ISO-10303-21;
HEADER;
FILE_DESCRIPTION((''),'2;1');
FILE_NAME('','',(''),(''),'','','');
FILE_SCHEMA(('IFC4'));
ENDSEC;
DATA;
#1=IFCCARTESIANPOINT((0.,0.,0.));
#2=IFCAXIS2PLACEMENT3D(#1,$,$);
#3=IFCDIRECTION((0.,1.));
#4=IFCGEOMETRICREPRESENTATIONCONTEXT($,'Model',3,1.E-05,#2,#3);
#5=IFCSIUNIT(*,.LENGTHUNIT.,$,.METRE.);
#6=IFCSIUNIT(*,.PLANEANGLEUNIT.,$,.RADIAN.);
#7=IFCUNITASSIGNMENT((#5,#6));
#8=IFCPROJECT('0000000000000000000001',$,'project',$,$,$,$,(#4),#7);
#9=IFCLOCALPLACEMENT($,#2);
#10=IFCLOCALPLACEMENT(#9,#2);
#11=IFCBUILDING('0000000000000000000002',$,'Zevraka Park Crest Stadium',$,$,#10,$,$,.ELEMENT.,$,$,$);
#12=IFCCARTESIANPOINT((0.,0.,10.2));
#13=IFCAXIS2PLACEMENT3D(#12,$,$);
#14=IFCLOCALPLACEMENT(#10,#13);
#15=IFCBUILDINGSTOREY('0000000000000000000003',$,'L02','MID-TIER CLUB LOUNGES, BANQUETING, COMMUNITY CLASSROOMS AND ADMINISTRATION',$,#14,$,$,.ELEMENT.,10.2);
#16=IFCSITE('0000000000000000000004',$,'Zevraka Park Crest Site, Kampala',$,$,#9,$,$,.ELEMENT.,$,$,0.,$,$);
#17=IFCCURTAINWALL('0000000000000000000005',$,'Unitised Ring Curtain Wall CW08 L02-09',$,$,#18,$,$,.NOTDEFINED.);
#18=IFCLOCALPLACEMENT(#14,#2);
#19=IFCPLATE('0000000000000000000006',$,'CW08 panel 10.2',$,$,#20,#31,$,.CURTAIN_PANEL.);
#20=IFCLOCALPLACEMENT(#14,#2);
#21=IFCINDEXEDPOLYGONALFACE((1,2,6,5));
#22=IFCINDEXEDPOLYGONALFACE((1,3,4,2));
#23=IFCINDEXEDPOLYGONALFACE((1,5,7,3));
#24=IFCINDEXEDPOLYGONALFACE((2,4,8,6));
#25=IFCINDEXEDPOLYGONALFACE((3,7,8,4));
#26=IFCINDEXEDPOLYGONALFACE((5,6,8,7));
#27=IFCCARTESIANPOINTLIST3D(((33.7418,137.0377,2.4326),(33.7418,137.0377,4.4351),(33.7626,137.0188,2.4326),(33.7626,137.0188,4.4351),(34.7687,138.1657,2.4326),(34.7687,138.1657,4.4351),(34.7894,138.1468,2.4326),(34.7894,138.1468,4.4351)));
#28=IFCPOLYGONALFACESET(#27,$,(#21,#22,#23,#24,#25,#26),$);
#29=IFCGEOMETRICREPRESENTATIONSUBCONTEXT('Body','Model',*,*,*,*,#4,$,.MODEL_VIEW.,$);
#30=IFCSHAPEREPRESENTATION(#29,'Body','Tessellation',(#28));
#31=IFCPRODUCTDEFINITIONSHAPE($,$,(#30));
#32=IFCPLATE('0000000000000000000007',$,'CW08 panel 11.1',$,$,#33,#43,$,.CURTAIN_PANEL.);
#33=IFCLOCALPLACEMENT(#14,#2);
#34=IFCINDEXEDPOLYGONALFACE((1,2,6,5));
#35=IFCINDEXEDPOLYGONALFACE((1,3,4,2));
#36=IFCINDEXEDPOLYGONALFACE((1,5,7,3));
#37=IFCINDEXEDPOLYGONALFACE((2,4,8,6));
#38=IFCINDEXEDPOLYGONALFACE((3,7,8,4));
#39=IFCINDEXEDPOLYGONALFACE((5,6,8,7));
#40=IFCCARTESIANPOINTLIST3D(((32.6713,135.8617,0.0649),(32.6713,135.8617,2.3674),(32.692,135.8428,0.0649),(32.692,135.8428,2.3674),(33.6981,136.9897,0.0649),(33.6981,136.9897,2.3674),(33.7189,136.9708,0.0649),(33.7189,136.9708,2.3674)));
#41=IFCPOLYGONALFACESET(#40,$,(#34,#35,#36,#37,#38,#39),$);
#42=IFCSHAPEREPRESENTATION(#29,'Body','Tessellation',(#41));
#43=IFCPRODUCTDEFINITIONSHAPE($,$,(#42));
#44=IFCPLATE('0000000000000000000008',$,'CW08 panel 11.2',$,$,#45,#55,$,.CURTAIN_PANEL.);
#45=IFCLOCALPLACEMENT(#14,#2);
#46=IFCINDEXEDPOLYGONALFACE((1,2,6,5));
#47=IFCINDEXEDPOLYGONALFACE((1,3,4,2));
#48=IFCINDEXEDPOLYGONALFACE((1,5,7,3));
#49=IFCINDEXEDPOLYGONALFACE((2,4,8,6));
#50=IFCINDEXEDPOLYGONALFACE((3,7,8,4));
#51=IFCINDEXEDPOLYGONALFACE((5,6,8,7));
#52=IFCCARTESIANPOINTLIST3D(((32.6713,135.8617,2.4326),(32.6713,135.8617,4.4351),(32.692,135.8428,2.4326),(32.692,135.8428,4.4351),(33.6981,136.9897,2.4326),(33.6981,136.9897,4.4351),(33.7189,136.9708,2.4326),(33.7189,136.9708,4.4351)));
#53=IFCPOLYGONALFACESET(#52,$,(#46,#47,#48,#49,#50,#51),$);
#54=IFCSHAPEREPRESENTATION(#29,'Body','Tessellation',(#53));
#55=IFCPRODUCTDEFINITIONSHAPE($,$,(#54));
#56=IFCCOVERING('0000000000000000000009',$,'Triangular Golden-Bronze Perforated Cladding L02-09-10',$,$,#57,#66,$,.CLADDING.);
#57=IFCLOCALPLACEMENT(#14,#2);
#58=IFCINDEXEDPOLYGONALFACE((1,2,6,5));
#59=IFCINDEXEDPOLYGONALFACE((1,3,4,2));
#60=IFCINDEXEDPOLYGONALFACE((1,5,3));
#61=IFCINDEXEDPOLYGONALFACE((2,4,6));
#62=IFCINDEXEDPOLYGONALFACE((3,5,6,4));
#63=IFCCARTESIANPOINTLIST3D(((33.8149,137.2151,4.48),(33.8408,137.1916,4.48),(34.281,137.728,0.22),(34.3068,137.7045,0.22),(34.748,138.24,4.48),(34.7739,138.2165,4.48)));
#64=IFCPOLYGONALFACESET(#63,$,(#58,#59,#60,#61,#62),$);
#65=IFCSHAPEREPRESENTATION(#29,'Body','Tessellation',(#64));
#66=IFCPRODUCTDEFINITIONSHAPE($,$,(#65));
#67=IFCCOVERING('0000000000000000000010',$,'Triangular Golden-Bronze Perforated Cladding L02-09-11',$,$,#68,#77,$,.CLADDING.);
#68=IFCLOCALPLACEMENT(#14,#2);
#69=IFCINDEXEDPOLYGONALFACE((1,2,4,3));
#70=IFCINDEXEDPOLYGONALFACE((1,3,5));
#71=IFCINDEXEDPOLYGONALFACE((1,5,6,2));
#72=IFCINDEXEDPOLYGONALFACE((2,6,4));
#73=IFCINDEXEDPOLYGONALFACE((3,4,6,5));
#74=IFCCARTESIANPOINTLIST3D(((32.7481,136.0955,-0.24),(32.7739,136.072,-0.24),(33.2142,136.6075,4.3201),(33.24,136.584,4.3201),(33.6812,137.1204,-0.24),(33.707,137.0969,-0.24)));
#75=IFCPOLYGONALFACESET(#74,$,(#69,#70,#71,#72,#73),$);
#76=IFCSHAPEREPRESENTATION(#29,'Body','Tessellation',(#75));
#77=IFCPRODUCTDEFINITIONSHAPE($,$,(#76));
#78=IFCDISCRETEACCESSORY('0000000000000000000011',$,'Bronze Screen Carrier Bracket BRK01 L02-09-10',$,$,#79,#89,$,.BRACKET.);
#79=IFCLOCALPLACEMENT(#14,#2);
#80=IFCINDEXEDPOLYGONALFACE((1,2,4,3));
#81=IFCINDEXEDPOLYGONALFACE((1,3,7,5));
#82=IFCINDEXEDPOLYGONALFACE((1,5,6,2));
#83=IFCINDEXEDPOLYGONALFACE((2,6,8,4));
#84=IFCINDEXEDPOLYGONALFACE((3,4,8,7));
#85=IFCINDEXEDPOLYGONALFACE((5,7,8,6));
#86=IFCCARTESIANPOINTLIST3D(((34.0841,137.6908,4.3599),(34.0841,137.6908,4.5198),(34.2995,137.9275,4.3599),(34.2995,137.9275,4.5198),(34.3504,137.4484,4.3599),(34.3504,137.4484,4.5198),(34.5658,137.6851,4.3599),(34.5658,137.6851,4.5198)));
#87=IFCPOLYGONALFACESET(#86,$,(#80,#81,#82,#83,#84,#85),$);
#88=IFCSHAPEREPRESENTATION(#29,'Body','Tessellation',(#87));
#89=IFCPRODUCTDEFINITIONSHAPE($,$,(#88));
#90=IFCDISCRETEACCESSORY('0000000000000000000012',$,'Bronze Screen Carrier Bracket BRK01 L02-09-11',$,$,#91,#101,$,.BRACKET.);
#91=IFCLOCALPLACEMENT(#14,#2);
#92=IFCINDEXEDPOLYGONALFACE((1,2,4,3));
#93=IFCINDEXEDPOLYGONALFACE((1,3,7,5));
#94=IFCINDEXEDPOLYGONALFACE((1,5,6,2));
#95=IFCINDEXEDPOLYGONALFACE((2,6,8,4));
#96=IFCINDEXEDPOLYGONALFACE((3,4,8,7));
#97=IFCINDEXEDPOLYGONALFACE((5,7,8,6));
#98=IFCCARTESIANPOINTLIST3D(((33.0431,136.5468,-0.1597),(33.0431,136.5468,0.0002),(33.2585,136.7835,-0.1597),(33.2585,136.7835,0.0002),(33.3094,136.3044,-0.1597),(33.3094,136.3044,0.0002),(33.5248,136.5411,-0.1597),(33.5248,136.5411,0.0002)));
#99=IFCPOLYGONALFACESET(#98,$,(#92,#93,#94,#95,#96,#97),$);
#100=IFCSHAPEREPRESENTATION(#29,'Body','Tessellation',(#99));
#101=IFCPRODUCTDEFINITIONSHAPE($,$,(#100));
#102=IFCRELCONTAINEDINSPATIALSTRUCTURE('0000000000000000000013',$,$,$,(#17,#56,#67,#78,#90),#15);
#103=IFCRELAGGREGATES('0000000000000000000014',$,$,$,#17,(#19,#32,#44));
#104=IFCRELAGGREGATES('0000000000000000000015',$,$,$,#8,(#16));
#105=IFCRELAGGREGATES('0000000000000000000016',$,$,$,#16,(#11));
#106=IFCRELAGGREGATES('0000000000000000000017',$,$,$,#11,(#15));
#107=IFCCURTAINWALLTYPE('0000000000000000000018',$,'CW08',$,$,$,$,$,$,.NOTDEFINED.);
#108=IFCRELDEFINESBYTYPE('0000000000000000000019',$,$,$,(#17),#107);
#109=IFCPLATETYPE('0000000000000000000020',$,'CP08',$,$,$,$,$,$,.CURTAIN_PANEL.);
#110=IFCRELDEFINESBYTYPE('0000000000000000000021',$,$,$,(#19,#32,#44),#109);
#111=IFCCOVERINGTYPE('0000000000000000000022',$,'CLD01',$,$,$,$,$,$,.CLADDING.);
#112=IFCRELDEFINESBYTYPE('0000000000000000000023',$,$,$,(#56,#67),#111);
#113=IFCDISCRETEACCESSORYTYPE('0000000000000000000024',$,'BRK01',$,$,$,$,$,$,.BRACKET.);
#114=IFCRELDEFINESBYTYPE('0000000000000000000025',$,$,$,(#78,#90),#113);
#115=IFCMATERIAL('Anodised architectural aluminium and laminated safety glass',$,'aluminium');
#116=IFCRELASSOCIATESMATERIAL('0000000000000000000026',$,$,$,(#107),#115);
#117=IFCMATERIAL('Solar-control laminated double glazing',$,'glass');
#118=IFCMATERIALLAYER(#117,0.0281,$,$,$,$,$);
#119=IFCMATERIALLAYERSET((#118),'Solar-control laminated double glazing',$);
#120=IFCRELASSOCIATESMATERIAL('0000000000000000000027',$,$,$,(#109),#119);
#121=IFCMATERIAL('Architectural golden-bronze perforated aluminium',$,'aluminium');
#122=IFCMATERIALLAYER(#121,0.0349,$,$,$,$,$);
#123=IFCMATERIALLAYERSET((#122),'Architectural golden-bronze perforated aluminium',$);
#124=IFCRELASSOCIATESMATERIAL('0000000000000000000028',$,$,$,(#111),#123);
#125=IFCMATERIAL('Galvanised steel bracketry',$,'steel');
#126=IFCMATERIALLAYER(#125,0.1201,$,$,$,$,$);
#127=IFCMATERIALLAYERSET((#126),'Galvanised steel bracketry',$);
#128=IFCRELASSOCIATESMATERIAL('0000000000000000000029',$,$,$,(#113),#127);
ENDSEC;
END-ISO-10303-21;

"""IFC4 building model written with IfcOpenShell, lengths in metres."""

from ifc_helpers import new_model, si_unit, direction, frame, origin, origin_2d, place, context, subcontext, project, spatial, polyline, rectangle, outline, extrude, material, layer, layer_set, type_object, element, aggregate, save


model = new_model("IFC4")

# Units and contexts
model_context = context("Model", 3, precision=1e-05, world=origin(), true_north=direction((0.0, 1.0)))
body_context = subcontext(model_context, "Body", "Model", "MODEL_VIEW")
ifc_project = project(units=[si_unit("LENGTHUNIT", "METRE"), si_unit("PLANEANGLEUNIT", "RADIAN")], contexts=[model_context])

# Site, building, storey
site_placement = place(None, origin())
site = spatial("IfcSite", under=ifc_project, at=site_placement, Name="Zevraka Park Crest Site, Kampala", CompositionType="ELEMENT", RefElevation=0.0)
building_placement = place(site_placement, origin())
building = spatial("IfcBuilding", under=site, at=building_placement, Name="Zevraka Park Crest Stadium", CompositionType="ELEMENT")
storey_placement = place(building_placement, frame((0.0, 0.0, 10.2)))
storey = spatial("IfcBuildingStorey", under=building, at=storey_placement, Name="L02", Description="MID-TIER CLUB LOUNGES, BANQUETING, COMMUNITY CLASSROOMS AND ADMINISTRATION", CompositionType="ELEMENT", Elevation=10.2)

# Curtain wall, plates
ifc_material_1 = material(Name="Anodised architectural aluminium and laminated safety glass", Category="aluminium")
curtain_wall_type = type_object("IfcCurtainWallType", Name="CW08", PredefinedType="NOTDEFINED", material=ifc_material_1)
curtain_wall_placement = place(storey_placement, origin())
curtain_wall = element("IfcCurtainWall", 1, at=curtain_wall_placement, inside=storey, type_object=curtain_wall_type, Name="Unitised Ring Curtain Wall CW08 L02-09", PredefinedType="NOTDEFINED")
ifc_material_2 = material(Name="Solar-control laminated double glazing", Category="glass")
ifc_layer_1 = layer(ifc_material_2, 0.0281)
ifc_layer_set_1 = layer_set([ifc_layer_1], Name="Solar-control laminated double glazing")
plate_type = type_object("IfcPlateType", Name="CP08", PredefinedType="CURTAIN_PANEL", material=ifc_layer_set_1)
plate_1_placement = place(storey_placement, frame((34.2656, 137.5923, 2.4326), z_axis=(0.0, 0.0, 1.0), x_axis=(-0.67316, -0.739497, 0.0)))
plate_1 = element("IfcPlate", 2, at=plate_1_placement, type_object=plate_type, Name="CW08 panel 10.2", PredefinedType="CURTAIN_PANEL", context=body_context, shape_type="SweptSolid", body=[
    extrude(rectangle(XDim=1.5254, YDim=0.0281, at=origin_2d()), origin(), (0.0, 0.0, 1.0), 2.0024),
])
plate_2_placement = place(storey_placement, frame((33.1951, 136.4163, 0.0649), z_axis=(0.0, 0.0, 1.0), x_axis=(-0.67316, -0.739497, 0.0)))
plate_2 = element("IfcPlate", 3, at=plate_2_placement, type_object=plate_type, Name="CW08 panel 11.1", PredefinedType="CURTAIN_PANEL", context=body_context, shape_type="SweptSolid", body=[
    extrude(rectangle(XDim=1.5254, YDim=0.0281, at=origin_2d()), origin(), (0.0, 0.0, 1.0), 2.3025),
])
plate_3_placement = place(storey_placement, frame((33.1951, 136.4163, 2.4326), z_axis=(0.0, 0.0, 1.0), x_axis=(-0.67316, -0.739497, 0.0)))
plate_3 = element("IfcPlate", 4, at=plate_3_placement, type_object=plate_type, Name="CW08 panel 11.2", PredefinedType="CURTAIN_PANEL", context=body_context, shape_type="SweptSolid", body=[
    extrude(rectangle(XDim=1.5254, YDim=0.0281, at=origin_2d()), origin(), (0.0, 0.0, 1.0), 2.0024),
])
aggregate(curtain_wall, [plate_1, plate_2, plate_3])

# Coverings
ifc_material_3 = material(Name="Architectural golden-bronze perforated aluminium", Category="aluminium")
ifc_layer_2 = layer(ifc_material_3, 0.0349)
ifc_layer_set_2 = layer_set([ifc_layer_2], Name="Architectural golden-bronze perforated aluminium")
covering_type = type_object("IfcCoveringType", Name="CLD01", PredefinedType="CLADDING", material=ifc_layer_set_2)
covering_1_placement = place(storey_placement, frame((33.8149, 137.2151, 4.48), z_axis=(-0.739446, 0.673216, 0.000162), x_axis=(0.673216, 0.739446, 0.0)))
element("IfcCovering", 5, at=covering_1_placement, inside=storey, type_object=covering_type, Name="Triangular Golden-Bronze Perforated Cladding L02-09-10", PredefinedType="CLADDING", context=body_context, shape_type="SweptSolid", body=[
    extrude(outline(polyline([(0.0, 0.0), (1.386, 0.0), (0.6931, 4.26), (0.0, 0.0)])), origin(), (0.0, 0.0, -1.0), 0.0349),
])
covering_2_placement = place(storey_placement, frame((33.707, 137.0969, -0.24), z_axis=(0.739446, -0.673216, 0.000007), x_axis=(-0.673216, -0.739446, 0.0)))
element("IfcCovering", 6, at=covering_2_placement, inside=storey, type_object=covering_type, Name="Triangular Golden-Bronze Perforated Cladding L02-09-11", PredefinedType="CLADDING", context=body_context, shape_type="SweptSolid", body=[
    extrude(outline(polyline([(0.0, 0.0), (1.386, 0.0), (0.6937, -4.5601), (0.0, 0.0)])), origin(), (0.0, 0.0, -1.0), 0.0349),
])

# Discrete accessories
ifc_material_4 = material(Name="Galvanised steel bracketry", Category="steel")
ifc_layer_3 = layer(ifc_material_4, 0.1201)
ifc_layer_set_3 = layer_set([ifc_layer_3], Name="Galvanised steel bracketry")
discrete_accessory_type = type_object("IfcDiscreteAccessoryType", Name="BRK01", PredefinedType="BRACKET", material=ifc_layer_set_3)
for number, where, z_axis, x_axis, name in (
    (7, (34.325, 137.688, 4.3599), (0.0, 0.0, 1.0), (-0.673142, -0.739514, 0.0), "Bronze Screen Carrier Bracket BRK01 L02-09-10"),
    (8, (33.2839, 136.5439, -0.1597), (0.0, 0.0, 1.0), (-0.673142, -0.739514, 0.0), "Bronze Screen Carrier Bracket BRK01 L02-09-11"),
):
    element("IfcDiscreteAccessory", number, at=place(storey_placement, frame(where, z_axis=z_axis, x_axis=x_axis)), inside=storey, type_object=discrete_accessory_type, Name=name, PredefinedType="BRACKET", context=body_context, shape_type="SweptSolid", body=[
        extrude(rectangle(XDim=0.3201, YDim=0.3601, at=origin_2d()), origin(), (0.0, 0.0, 1.0), 0.1599),
    ])

save(model, "model.ifc")
